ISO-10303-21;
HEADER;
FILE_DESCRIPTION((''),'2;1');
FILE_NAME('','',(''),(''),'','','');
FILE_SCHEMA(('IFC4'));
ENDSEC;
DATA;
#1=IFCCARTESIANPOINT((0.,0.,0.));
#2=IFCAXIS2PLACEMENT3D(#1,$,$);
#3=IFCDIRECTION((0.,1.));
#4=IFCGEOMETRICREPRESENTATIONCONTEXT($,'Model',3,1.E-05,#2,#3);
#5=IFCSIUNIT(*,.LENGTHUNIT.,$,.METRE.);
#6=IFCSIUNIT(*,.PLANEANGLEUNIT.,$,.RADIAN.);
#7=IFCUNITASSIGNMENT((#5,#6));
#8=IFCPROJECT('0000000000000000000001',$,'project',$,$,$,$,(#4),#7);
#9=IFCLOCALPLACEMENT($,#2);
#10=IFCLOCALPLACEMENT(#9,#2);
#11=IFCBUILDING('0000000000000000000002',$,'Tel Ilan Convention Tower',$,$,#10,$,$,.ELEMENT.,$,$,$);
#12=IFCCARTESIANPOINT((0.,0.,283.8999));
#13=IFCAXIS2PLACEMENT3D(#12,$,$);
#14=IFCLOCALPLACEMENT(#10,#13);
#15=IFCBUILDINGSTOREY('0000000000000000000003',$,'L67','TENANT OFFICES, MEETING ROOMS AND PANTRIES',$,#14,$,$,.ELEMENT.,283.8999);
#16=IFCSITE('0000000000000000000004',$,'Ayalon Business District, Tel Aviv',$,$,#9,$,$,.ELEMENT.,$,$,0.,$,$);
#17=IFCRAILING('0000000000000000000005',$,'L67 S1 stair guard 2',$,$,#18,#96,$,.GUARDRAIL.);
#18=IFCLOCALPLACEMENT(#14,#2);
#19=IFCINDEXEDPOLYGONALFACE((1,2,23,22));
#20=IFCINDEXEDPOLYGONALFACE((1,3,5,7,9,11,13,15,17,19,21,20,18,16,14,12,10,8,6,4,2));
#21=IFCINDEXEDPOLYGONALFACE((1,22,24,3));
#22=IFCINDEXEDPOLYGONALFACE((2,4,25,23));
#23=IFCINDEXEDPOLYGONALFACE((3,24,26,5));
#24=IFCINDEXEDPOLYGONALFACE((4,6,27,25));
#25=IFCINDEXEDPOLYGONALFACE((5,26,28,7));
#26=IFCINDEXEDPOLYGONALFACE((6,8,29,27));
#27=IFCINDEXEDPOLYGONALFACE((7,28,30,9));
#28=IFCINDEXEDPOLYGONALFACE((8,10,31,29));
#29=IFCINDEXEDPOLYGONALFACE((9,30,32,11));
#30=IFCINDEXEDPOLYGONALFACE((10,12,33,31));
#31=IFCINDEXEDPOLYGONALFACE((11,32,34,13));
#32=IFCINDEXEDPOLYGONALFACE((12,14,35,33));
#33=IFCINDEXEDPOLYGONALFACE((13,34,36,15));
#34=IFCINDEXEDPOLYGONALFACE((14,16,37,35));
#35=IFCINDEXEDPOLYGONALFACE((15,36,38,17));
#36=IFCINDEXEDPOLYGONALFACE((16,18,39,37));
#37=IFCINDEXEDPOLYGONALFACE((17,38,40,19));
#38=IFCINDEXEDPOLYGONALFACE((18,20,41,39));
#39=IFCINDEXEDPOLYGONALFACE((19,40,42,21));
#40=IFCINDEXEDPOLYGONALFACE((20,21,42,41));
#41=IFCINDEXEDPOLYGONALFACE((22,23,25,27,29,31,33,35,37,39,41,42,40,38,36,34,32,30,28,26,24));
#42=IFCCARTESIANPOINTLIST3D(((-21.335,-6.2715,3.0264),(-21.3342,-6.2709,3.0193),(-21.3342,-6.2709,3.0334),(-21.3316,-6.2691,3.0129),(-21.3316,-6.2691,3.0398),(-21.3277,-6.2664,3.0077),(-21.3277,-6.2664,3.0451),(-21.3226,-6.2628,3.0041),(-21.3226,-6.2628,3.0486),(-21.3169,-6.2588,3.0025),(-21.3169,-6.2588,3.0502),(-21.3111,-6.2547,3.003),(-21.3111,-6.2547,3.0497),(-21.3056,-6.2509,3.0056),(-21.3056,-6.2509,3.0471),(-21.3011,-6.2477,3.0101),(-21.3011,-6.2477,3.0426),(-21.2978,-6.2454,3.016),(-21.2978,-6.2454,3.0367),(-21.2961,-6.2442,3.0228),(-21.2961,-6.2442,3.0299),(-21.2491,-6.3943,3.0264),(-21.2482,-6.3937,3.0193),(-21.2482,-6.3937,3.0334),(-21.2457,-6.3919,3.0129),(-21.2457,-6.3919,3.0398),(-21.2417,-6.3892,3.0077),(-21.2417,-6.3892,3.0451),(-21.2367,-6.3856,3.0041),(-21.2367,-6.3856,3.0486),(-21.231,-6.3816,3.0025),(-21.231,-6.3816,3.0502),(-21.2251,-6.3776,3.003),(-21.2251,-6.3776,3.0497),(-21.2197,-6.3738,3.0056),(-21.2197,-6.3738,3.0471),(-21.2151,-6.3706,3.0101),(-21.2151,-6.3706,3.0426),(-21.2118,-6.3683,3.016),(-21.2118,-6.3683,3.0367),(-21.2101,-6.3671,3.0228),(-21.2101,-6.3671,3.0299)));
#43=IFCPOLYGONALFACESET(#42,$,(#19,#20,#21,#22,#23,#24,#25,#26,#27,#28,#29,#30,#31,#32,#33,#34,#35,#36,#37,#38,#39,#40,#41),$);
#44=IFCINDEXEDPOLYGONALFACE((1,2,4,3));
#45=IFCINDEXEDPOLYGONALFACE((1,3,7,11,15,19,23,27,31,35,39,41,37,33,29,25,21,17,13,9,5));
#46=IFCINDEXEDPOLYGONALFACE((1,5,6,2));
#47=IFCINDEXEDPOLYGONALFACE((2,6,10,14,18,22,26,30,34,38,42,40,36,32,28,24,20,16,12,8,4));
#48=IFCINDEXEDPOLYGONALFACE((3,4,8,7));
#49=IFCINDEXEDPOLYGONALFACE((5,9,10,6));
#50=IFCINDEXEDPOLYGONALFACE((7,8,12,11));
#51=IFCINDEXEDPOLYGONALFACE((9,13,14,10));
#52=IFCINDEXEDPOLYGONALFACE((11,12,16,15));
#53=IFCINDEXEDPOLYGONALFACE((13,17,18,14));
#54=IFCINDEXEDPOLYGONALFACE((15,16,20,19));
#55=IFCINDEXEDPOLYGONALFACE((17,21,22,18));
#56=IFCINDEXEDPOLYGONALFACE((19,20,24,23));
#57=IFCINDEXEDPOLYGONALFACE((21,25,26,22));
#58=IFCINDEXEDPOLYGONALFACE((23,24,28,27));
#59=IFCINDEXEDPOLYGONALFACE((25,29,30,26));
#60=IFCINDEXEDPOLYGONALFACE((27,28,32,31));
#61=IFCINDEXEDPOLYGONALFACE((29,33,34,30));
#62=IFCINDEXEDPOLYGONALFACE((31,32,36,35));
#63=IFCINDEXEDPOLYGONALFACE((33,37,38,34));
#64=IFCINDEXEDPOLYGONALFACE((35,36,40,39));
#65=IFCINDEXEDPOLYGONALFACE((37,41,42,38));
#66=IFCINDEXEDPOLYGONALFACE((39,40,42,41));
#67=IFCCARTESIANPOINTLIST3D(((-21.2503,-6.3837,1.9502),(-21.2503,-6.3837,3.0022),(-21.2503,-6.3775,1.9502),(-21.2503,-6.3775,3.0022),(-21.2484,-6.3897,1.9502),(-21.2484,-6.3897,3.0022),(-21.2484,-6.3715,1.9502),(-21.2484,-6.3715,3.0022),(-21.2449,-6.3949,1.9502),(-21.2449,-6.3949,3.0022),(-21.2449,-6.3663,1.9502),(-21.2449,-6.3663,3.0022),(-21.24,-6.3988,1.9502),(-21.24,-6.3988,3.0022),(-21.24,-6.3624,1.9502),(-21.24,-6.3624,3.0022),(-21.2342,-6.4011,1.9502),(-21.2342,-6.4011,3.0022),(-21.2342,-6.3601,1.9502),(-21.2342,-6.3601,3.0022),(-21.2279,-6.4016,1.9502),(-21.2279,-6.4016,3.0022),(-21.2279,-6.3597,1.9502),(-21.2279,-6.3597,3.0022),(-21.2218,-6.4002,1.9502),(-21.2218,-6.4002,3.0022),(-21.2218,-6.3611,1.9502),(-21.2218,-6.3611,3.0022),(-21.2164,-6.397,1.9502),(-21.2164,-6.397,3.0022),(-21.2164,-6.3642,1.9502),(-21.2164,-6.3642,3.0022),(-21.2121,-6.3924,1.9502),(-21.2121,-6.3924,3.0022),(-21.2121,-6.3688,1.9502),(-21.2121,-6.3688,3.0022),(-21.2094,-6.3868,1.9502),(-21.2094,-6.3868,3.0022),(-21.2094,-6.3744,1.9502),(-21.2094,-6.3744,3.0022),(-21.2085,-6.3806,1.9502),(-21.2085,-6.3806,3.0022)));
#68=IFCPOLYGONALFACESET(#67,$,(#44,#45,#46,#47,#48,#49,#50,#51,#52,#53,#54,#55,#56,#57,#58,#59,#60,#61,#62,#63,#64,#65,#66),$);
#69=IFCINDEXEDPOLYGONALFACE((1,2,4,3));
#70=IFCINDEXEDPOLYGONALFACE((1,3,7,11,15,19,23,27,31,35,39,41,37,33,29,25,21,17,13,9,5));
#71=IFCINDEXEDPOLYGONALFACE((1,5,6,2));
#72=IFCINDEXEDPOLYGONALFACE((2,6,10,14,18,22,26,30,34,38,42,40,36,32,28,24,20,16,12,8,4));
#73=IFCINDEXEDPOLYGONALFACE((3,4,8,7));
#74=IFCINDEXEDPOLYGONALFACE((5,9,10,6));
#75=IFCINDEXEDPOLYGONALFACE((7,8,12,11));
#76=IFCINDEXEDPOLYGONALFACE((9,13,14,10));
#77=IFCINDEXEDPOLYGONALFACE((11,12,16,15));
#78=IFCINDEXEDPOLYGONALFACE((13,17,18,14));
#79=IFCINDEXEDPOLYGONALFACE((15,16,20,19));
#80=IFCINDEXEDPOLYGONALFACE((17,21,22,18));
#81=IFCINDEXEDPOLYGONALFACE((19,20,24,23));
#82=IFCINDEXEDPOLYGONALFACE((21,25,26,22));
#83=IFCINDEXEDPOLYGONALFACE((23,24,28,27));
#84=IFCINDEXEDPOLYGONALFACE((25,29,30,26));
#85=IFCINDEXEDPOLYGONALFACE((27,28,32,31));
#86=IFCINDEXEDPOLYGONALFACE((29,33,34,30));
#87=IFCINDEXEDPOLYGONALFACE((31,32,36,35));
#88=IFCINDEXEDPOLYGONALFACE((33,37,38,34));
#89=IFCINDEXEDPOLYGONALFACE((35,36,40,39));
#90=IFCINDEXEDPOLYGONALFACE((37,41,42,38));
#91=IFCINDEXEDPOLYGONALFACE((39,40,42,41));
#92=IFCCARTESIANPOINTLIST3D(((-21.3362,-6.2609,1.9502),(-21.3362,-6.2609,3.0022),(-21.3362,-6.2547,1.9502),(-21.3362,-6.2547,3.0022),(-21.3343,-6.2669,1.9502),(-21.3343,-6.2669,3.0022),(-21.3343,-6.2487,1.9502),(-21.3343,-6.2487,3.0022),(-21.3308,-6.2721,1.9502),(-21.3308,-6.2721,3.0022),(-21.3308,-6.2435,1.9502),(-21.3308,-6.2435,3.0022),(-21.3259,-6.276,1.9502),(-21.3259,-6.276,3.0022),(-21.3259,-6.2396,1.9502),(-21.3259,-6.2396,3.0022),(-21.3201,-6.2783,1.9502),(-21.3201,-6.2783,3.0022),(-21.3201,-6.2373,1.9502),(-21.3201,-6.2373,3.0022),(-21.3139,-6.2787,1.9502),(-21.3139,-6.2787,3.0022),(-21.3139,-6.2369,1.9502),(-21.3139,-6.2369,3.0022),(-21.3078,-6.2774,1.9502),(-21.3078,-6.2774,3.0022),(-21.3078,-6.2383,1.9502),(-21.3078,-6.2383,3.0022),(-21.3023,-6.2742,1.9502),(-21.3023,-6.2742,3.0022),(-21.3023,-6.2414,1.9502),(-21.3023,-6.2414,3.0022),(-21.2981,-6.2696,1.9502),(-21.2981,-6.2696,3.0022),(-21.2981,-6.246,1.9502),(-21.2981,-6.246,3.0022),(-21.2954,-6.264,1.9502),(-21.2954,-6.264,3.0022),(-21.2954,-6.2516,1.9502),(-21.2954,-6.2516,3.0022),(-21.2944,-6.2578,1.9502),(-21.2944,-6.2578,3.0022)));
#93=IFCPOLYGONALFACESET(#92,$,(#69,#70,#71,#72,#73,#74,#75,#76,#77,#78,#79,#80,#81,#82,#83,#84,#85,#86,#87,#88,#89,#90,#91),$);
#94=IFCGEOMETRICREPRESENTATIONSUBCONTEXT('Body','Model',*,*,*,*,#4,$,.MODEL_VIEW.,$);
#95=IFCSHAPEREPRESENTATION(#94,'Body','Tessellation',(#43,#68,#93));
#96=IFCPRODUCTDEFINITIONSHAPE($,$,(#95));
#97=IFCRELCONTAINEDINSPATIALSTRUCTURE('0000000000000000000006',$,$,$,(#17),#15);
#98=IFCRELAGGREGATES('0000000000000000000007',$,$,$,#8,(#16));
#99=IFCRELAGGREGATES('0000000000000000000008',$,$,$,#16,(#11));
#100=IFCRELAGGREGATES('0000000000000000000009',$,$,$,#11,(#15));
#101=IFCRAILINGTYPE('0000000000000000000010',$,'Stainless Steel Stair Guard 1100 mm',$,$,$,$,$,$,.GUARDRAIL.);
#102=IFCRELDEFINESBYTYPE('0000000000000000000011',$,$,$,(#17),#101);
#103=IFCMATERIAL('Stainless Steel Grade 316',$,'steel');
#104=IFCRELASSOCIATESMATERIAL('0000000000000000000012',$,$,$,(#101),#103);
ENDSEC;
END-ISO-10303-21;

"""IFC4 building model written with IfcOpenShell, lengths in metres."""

from ifc_helpers import new_model, si_unit, direction, frame, origin, origin_2d, place, context, subcontext, project, spatial, circle, extrude, material, type_object, element, save


model = new_model("IFC4")

# Units and contexts
model_context = context("Model", 3, precision=1e-05, world=origin(), true_north=direction((0.0, 1.0)))
body_context = subcontext(model_context, "Body", "Model", "MODEL_VIEW")
ifc_project = project(units=[si_unit("LENGTHUNIT", "METRE"), si_unit("PLANEANGLEUNIT", "RADIAN")], contexts=[model_context])

# Site, building, storey
site_placement = place(None, origin())
site = spatial("IfcSite", under=ifc_project, at=site_placement, Name="Ayalon Business District, Tel Aviv", CompositionType="ELEMENT", RefElevation=0.0)
building_placement = place(site_placement, origin())
building = spatial("IfcBuilding", under=site, at=building_placement, Name="Tel Ilan Convention Tower", CompositionType="ELEMENT")
storey_placement = place(building_placement, frame((0.0, 0.0, 283.8999)))
storey = spatial("IfcBuildingStorey", under=building, at=storey_placement, Name="L67", Description="TENANT OFFICES, MEETING ROOMS AND PANTRIES", CompositionType="ELEMENT", Elevation=283.8999)

# Railing
ifc_material_1 = material(Name="Stainless Steel Grade 316", Category="steel")
railing_type_1 = type_object("IfcRailingType", Name="Stainless Steel Stair Guard 1100 mm", PredefinedType="GUARDRAIL", material=ifc_material_1)
railing_1_placement = place(storey_placement, frame((-21.2295, -6.3806, 1.9502)))
element("IfcRailing", 1, at=railing_1_placement, inside=storey, type_object=railing_type_1, Name="L67 S1 stair guard 2", PredefinedType="GUARDRAIL", context=body_context, shape_type="SweptSolid", body=[
    extrude(circle(Radius=0.0239, at=origin_2d()), frame((0.0, 0.0, 1.0762), z_axis=(-0.573353, 0.819308, 0.0), x_axis=(-0.819308, -0.573353, 0.0)), (0.0, 0.0, 1.0), 0.1499),
    extrude(circle(Radius=0.021, at=origin_2d()), origin(), (0.0, 0.0, 1.0), 1.052),
    extrude(circle(Radius=0.021, at=origin_2d()), frame((-0.0859, 0.1228, 0.0)), (0.0, 0.0, 1.0), 1.052),
])

save(model, "model.ifc")
